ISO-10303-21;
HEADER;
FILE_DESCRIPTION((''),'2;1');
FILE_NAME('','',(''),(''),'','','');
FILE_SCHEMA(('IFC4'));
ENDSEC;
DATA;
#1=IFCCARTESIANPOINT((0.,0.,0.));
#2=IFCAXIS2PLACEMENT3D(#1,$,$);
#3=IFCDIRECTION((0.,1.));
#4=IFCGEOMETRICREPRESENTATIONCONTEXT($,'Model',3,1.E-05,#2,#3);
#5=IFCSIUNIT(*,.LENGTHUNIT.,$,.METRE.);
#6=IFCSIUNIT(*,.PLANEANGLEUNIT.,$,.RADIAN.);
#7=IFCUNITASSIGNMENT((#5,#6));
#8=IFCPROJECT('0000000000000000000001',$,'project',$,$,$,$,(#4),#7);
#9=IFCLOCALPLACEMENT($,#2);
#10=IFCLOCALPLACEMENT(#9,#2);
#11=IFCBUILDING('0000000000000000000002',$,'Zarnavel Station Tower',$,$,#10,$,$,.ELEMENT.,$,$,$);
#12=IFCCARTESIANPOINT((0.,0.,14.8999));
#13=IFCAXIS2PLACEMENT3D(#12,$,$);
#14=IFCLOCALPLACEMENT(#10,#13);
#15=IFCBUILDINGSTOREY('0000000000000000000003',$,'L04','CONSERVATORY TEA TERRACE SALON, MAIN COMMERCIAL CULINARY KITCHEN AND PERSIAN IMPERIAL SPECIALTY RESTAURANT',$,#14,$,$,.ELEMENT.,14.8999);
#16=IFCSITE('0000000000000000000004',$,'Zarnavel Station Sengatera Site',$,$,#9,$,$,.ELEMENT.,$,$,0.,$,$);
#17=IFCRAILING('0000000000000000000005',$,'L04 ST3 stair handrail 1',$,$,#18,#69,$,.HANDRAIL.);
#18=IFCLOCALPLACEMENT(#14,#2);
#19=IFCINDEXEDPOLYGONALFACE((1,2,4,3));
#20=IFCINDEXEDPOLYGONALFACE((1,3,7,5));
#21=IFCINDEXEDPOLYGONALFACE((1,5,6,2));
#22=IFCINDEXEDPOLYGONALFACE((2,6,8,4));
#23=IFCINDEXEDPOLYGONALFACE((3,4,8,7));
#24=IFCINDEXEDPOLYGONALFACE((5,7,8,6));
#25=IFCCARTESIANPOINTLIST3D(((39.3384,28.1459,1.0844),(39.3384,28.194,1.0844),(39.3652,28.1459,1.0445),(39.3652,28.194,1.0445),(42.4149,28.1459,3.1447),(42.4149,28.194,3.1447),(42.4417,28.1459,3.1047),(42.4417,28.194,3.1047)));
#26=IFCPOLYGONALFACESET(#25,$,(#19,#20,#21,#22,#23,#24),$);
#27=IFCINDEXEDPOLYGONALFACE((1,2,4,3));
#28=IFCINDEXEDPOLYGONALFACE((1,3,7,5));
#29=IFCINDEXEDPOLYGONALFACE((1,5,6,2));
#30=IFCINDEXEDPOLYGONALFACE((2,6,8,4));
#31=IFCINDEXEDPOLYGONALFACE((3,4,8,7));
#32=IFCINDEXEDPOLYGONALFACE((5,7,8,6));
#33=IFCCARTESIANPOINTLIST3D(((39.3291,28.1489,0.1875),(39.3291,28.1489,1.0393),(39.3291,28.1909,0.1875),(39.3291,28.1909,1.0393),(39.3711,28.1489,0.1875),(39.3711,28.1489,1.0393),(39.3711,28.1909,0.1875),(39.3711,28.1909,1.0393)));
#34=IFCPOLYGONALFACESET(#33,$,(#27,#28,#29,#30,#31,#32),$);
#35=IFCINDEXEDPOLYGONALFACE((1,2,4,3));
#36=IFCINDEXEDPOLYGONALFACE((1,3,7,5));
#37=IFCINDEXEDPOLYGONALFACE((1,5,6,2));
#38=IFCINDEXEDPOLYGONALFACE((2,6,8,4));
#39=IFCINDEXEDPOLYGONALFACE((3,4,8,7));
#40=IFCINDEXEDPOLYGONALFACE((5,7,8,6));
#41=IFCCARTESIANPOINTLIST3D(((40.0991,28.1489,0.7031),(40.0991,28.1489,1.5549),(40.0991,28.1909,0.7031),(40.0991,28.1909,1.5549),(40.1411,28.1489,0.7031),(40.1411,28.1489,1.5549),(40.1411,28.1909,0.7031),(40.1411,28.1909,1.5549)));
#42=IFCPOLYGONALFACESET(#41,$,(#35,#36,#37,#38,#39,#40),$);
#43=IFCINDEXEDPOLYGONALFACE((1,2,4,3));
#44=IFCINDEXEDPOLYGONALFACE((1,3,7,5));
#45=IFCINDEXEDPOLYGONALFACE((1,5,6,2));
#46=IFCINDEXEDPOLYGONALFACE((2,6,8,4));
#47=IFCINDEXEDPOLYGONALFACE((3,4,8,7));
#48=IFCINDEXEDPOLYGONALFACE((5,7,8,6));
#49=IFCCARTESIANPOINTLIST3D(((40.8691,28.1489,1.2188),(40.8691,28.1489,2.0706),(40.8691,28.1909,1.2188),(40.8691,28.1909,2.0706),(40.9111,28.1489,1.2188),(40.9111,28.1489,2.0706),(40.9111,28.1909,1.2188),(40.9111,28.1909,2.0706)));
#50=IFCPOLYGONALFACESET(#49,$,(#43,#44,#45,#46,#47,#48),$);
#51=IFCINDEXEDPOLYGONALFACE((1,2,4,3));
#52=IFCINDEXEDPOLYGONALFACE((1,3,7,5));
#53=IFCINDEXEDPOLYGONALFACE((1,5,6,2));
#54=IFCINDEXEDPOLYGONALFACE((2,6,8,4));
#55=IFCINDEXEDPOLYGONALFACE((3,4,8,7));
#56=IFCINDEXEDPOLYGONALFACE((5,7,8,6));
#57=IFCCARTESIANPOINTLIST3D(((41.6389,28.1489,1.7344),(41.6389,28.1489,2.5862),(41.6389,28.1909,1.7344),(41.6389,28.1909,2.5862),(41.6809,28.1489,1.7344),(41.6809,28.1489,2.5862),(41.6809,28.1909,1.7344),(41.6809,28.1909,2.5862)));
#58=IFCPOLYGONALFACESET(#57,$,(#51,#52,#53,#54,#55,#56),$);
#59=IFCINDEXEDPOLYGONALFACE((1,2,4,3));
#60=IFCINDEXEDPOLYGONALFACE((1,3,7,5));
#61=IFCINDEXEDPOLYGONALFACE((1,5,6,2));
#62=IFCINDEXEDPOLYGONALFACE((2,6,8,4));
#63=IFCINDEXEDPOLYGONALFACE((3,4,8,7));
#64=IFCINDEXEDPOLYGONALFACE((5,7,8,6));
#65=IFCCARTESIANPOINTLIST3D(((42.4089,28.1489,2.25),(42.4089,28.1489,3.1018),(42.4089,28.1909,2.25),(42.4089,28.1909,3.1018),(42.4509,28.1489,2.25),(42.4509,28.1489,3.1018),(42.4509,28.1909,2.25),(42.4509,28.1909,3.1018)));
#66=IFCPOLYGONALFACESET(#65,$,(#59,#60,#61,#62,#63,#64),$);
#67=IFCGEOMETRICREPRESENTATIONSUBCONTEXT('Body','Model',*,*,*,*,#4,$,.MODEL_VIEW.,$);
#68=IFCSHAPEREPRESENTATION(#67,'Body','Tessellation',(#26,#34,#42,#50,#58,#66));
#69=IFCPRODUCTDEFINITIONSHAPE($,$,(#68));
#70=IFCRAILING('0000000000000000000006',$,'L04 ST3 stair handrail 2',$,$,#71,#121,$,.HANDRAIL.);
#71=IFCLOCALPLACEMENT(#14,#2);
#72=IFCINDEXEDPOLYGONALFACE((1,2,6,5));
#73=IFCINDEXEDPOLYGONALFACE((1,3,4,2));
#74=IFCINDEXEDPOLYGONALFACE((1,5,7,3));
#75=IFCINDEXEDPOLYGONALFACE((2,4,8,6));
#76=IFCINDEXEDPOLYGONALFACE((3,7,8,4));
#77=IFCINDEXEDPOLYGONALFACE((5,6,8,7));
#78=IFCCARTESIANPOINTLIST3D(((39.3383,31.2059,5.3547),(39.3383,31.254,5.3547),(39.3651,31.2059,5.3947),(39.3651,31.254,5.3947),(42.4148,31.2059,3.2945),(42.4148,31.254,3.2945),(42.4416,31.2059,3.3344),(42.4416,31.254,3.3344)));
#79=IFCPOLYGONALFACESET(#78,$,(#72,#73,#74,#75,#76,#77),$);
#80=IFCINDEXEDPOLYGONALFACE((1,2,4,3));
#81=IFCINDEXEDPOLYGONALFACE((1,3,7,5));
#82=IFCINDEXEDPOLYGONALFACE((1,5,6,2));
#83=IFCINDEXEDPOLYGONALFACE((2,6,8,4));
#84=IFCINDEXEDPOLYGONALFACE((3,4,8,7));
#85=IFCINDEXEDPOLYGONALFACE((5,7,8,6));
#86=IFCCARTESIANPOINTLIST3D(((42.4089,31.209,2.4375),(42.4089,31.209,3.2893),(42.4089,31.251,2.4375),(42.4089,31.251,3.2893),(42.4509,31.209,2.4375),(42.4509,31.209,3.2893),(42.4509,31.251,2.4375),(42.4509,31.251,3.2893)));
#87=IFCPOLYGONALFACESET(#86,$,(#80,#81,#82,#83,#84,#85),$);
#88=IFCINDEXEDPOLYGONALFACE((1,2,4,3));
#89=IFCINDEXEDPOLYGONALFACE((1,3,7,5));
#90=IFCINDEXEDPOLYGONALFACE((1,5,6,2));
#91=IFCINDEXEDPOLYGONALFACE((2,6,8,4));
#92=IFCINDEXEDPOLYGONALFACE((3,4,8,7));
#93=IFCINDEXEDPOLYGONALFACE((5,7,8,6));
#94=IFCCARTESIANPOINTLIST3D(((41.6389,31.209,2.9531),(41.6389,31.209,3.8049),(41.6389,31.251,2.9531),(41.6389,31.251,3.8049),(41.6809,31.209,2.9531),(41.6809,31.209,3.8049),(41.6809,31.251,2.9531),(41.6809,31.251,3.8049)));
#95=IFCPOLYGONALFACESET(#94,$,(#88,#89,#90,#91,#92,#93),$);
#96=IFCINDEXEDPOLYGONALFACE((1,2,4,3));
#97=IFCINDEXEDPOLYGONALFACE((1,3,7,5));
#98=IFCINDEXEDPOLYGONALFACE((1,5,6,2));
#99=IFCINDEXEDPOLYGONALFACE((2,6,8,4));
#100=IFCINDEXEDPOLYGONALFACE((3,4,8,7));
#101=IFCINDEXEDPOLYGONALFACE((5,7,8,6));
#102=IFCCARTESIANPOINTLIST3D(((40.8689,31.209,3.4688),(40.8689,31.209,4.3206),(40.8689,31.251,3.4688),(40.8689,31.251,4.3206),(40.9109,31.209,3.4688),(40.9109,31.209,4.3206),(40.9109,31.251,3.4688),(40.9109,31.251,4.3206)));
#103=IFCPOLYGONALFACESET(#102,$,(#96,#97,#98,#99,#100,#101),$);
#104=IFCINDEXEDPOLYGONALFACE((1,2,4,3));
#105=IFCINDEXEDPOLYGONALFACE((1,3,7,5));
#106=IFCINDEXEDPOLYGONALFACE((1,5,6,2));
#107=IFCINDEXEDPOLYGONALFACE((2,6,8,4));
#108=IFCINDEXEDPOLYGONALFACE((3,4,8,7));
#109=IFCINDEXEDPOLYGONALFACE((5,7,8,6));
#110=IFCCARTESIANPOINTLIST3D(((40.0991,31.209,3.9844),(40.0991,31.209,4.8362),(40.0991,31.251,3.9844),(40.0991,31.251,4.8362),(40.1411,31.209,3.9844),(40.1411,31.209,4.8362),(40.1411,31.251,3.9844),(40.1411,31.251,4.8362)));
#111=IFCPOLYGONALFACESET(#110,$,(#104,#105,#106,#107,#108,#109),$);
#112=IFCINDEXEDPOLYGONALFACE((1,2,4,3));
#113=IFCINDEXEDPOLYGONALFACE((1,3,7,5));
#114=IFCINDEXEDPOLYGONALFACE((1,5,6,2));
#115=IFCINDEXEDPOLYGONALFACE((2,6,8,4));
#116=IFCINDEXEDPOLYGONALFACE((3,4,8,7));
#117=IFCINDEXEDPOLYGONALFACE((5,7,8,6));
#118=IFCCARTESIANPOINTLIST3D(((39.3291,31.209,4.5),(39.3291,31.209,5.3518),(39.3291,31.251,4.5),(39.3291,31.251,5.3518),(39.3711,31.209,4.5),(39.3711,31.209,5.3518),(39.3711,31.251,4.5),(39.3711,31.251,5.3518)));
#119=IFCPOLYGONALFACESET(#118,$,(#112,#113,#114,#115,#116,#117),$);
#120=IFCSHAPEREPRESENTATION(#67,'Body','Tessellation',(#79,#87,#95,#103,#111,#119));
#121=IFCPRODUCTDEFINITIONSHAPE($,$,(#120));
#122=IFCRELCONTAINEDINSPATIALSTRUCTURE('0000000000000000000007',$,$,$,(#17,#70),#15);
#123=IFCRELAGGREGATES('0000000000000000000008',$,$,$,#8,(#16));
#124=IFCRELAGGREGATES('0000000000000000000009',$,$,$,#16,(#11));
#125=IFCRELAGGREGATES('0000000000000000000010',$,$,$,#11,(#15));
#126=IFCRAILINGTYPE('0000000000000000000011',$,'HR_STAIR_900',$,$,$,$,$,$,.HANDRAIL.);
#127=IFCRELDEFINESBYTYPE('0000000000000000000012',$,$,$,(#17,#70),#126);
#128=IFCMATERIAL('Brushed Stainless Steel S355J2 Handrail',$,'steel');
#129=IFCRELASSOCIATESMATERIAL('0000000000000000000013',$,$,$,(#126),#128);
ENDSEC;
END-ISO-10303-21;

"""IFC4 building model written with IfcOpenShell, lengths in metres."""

from ifc_helpers import new_model, si_unit, direction, frame, origin, origin_2d, place, context, subcontext, project, spatial, rectangle, extrude, material, type_object, element, save


model = new_model("IFC4")

# Units and contexts
model_context = context("Model", 3, precision=1e-05, world=origin(), true_north=direction((0.0, 1.0)))
body_context = subcontext(model_context, "Body", "Model", "MODEL_VIEW")
ifc_project = project(units=[si_unit("LENGTHUNIT", "METRE"), si_unit("PLANEANGLEUNIT", "RADIAN")], contexts=[model_context])

# Site, building, storey
site_placement = place(None, origin())
site = spatial("IfcSite", under=ifc_project, at=site_placement, Name="Zarnavel Station Sengatera Site", CompositionType="ELEMENT", RefElevation=0.0)
building_placement = place(site_placement, origin())
building = spatial("IfcBuilding", under=site, at=building_placement, Name="Zarnavel Station Tower", CompositionType="ELEMENT")
storey_placement = place(building_placement, frame((0.0, 0.0, 14.8999)))
storey = spatial("IfcBuildingStorey", under=building, at=storey_placement, Name="L04", Description="CONSERVATORY TEA TERRACE SALON, MAIN COMMERCIAL CULINARY KITCHEN AND PERSIAN IMPERIAL SPECIALTY RESTAURANT", CompositionType="ELEMENT", Elevation=14.8999)

# Railings
ifc_material_1 = material(Name="Brushed Stainless Steel S355J2 Handrail", Category="steel")
railing_type_1 = type_object("IfcRailingType", Name="HR_STAIR_900", PredefinedType="HANDRAIL", material=ifc_material_1)
railing_1_placement = place(storey_placement, frame((39.3501, 28.1699, 0.1875)))
element("IfcRailing", 1, at=railing_1_placement, inside=storey, type_object=railing_type_1, Name="L04 ST3 stair handrail 1", PredefinedType="HANDRAIL", context=body_context, shape_type="SweptSolid", body=[
    extrude(rectangle(XDim=0.0481, YDim=0.0481, at=origin_2d()), frame((0.0017, 0.0, 0.877), z_axis=(0.830893, 0.0, 0.556432), x_axis=(0.0, 1.0, 0.0)), (0.0, 0.0, 1.0), 3.7026),
    extrude(rectangle(XDim=0.042, YDim=0.042, at=origin_2d()), origin(), (0.0, 0.0, 1.0), 0.8518),
    extrude(rectangle(XDim=0.042, YDim=0.042, at=origin_2d()), frame((0.77, 0.0, 0.5156)), (0.0, 0.0, 1.0), 0.8518),
    extrude(rectangle(XDim=0.042, YDim=0.042, at=origin_2d()), frame((1.54, 0.0, 1.0312)), (0.0, 0.0, 1.0), 0.8518),
    extrude(rectangle(XDim=0.042, YDim=0.042, at=origin_2d()), frame((2.3098, 0.0, 1.5469)), (0.0, 0.0, 1.0), 0.8518),
    extrude(rectangle(XDim=0.042, YDim=0.042, at=origin_2d()), frame((3.0798, 0.0, 2.0625)), (0.0, 0.0, 1.0), 0.8518),
])
railing_2_placement = place(storey_placement, frame((42.4299, 31.23, 2.4375)))
element("IfcRailing", 2, at=railing_2_placement, inside=storey, type_object=railing_type_1, Name="L04 ST3 stair handrail 2", PredefinedType="HANDRAIL", context=body_context, shape_type="SweptSolid", body=[
    extrude(rectangle(XDim=0.0481, YDim=0.0481, at=origin_2d()), frame((-0.0017, 0.0, 0.877), z_axis=(-0.830893, 0.0, 0.556432), x_axis=(0.0, -1.0, 0.0)), (0.0, 0.0, 1.0), 3.7026),
    extrude(rectangle(XDim=0.042, YDim=0.042, at=origin_2d()), origin(), (0.0, 0.0, 1.0), 0.8518),
    extrude(rectangle(XDim=0.042, YDim=0.042, at=origin_2d()), frame((-0.77, 0.0, 0.5156)), (0.0, 0.0, 1.0), 0.8518),
    extrude(rectangle(XDim=0.042, YDim=0.042, at=origin_2d()), frame((-1.54, 0.0, 1.0312)), (0.0, 0.0, 1.0), 0.8518),
    extrude(rectangle(XDim=0.042, YDim=0.042, at=origin_2d()), frame((-2.3098, 0.0, 1.5469)), (0.0, 0.0, 1.0), 0.8518),
    extrude(rectangle(XDim=0.042, YDim=0.042, at=origin_2d()), frame((-3.0798, 0.0, 2.0625)), (0.0, 0.0, 1.0), 0.8518),
])

save(model, "model.ifc")
